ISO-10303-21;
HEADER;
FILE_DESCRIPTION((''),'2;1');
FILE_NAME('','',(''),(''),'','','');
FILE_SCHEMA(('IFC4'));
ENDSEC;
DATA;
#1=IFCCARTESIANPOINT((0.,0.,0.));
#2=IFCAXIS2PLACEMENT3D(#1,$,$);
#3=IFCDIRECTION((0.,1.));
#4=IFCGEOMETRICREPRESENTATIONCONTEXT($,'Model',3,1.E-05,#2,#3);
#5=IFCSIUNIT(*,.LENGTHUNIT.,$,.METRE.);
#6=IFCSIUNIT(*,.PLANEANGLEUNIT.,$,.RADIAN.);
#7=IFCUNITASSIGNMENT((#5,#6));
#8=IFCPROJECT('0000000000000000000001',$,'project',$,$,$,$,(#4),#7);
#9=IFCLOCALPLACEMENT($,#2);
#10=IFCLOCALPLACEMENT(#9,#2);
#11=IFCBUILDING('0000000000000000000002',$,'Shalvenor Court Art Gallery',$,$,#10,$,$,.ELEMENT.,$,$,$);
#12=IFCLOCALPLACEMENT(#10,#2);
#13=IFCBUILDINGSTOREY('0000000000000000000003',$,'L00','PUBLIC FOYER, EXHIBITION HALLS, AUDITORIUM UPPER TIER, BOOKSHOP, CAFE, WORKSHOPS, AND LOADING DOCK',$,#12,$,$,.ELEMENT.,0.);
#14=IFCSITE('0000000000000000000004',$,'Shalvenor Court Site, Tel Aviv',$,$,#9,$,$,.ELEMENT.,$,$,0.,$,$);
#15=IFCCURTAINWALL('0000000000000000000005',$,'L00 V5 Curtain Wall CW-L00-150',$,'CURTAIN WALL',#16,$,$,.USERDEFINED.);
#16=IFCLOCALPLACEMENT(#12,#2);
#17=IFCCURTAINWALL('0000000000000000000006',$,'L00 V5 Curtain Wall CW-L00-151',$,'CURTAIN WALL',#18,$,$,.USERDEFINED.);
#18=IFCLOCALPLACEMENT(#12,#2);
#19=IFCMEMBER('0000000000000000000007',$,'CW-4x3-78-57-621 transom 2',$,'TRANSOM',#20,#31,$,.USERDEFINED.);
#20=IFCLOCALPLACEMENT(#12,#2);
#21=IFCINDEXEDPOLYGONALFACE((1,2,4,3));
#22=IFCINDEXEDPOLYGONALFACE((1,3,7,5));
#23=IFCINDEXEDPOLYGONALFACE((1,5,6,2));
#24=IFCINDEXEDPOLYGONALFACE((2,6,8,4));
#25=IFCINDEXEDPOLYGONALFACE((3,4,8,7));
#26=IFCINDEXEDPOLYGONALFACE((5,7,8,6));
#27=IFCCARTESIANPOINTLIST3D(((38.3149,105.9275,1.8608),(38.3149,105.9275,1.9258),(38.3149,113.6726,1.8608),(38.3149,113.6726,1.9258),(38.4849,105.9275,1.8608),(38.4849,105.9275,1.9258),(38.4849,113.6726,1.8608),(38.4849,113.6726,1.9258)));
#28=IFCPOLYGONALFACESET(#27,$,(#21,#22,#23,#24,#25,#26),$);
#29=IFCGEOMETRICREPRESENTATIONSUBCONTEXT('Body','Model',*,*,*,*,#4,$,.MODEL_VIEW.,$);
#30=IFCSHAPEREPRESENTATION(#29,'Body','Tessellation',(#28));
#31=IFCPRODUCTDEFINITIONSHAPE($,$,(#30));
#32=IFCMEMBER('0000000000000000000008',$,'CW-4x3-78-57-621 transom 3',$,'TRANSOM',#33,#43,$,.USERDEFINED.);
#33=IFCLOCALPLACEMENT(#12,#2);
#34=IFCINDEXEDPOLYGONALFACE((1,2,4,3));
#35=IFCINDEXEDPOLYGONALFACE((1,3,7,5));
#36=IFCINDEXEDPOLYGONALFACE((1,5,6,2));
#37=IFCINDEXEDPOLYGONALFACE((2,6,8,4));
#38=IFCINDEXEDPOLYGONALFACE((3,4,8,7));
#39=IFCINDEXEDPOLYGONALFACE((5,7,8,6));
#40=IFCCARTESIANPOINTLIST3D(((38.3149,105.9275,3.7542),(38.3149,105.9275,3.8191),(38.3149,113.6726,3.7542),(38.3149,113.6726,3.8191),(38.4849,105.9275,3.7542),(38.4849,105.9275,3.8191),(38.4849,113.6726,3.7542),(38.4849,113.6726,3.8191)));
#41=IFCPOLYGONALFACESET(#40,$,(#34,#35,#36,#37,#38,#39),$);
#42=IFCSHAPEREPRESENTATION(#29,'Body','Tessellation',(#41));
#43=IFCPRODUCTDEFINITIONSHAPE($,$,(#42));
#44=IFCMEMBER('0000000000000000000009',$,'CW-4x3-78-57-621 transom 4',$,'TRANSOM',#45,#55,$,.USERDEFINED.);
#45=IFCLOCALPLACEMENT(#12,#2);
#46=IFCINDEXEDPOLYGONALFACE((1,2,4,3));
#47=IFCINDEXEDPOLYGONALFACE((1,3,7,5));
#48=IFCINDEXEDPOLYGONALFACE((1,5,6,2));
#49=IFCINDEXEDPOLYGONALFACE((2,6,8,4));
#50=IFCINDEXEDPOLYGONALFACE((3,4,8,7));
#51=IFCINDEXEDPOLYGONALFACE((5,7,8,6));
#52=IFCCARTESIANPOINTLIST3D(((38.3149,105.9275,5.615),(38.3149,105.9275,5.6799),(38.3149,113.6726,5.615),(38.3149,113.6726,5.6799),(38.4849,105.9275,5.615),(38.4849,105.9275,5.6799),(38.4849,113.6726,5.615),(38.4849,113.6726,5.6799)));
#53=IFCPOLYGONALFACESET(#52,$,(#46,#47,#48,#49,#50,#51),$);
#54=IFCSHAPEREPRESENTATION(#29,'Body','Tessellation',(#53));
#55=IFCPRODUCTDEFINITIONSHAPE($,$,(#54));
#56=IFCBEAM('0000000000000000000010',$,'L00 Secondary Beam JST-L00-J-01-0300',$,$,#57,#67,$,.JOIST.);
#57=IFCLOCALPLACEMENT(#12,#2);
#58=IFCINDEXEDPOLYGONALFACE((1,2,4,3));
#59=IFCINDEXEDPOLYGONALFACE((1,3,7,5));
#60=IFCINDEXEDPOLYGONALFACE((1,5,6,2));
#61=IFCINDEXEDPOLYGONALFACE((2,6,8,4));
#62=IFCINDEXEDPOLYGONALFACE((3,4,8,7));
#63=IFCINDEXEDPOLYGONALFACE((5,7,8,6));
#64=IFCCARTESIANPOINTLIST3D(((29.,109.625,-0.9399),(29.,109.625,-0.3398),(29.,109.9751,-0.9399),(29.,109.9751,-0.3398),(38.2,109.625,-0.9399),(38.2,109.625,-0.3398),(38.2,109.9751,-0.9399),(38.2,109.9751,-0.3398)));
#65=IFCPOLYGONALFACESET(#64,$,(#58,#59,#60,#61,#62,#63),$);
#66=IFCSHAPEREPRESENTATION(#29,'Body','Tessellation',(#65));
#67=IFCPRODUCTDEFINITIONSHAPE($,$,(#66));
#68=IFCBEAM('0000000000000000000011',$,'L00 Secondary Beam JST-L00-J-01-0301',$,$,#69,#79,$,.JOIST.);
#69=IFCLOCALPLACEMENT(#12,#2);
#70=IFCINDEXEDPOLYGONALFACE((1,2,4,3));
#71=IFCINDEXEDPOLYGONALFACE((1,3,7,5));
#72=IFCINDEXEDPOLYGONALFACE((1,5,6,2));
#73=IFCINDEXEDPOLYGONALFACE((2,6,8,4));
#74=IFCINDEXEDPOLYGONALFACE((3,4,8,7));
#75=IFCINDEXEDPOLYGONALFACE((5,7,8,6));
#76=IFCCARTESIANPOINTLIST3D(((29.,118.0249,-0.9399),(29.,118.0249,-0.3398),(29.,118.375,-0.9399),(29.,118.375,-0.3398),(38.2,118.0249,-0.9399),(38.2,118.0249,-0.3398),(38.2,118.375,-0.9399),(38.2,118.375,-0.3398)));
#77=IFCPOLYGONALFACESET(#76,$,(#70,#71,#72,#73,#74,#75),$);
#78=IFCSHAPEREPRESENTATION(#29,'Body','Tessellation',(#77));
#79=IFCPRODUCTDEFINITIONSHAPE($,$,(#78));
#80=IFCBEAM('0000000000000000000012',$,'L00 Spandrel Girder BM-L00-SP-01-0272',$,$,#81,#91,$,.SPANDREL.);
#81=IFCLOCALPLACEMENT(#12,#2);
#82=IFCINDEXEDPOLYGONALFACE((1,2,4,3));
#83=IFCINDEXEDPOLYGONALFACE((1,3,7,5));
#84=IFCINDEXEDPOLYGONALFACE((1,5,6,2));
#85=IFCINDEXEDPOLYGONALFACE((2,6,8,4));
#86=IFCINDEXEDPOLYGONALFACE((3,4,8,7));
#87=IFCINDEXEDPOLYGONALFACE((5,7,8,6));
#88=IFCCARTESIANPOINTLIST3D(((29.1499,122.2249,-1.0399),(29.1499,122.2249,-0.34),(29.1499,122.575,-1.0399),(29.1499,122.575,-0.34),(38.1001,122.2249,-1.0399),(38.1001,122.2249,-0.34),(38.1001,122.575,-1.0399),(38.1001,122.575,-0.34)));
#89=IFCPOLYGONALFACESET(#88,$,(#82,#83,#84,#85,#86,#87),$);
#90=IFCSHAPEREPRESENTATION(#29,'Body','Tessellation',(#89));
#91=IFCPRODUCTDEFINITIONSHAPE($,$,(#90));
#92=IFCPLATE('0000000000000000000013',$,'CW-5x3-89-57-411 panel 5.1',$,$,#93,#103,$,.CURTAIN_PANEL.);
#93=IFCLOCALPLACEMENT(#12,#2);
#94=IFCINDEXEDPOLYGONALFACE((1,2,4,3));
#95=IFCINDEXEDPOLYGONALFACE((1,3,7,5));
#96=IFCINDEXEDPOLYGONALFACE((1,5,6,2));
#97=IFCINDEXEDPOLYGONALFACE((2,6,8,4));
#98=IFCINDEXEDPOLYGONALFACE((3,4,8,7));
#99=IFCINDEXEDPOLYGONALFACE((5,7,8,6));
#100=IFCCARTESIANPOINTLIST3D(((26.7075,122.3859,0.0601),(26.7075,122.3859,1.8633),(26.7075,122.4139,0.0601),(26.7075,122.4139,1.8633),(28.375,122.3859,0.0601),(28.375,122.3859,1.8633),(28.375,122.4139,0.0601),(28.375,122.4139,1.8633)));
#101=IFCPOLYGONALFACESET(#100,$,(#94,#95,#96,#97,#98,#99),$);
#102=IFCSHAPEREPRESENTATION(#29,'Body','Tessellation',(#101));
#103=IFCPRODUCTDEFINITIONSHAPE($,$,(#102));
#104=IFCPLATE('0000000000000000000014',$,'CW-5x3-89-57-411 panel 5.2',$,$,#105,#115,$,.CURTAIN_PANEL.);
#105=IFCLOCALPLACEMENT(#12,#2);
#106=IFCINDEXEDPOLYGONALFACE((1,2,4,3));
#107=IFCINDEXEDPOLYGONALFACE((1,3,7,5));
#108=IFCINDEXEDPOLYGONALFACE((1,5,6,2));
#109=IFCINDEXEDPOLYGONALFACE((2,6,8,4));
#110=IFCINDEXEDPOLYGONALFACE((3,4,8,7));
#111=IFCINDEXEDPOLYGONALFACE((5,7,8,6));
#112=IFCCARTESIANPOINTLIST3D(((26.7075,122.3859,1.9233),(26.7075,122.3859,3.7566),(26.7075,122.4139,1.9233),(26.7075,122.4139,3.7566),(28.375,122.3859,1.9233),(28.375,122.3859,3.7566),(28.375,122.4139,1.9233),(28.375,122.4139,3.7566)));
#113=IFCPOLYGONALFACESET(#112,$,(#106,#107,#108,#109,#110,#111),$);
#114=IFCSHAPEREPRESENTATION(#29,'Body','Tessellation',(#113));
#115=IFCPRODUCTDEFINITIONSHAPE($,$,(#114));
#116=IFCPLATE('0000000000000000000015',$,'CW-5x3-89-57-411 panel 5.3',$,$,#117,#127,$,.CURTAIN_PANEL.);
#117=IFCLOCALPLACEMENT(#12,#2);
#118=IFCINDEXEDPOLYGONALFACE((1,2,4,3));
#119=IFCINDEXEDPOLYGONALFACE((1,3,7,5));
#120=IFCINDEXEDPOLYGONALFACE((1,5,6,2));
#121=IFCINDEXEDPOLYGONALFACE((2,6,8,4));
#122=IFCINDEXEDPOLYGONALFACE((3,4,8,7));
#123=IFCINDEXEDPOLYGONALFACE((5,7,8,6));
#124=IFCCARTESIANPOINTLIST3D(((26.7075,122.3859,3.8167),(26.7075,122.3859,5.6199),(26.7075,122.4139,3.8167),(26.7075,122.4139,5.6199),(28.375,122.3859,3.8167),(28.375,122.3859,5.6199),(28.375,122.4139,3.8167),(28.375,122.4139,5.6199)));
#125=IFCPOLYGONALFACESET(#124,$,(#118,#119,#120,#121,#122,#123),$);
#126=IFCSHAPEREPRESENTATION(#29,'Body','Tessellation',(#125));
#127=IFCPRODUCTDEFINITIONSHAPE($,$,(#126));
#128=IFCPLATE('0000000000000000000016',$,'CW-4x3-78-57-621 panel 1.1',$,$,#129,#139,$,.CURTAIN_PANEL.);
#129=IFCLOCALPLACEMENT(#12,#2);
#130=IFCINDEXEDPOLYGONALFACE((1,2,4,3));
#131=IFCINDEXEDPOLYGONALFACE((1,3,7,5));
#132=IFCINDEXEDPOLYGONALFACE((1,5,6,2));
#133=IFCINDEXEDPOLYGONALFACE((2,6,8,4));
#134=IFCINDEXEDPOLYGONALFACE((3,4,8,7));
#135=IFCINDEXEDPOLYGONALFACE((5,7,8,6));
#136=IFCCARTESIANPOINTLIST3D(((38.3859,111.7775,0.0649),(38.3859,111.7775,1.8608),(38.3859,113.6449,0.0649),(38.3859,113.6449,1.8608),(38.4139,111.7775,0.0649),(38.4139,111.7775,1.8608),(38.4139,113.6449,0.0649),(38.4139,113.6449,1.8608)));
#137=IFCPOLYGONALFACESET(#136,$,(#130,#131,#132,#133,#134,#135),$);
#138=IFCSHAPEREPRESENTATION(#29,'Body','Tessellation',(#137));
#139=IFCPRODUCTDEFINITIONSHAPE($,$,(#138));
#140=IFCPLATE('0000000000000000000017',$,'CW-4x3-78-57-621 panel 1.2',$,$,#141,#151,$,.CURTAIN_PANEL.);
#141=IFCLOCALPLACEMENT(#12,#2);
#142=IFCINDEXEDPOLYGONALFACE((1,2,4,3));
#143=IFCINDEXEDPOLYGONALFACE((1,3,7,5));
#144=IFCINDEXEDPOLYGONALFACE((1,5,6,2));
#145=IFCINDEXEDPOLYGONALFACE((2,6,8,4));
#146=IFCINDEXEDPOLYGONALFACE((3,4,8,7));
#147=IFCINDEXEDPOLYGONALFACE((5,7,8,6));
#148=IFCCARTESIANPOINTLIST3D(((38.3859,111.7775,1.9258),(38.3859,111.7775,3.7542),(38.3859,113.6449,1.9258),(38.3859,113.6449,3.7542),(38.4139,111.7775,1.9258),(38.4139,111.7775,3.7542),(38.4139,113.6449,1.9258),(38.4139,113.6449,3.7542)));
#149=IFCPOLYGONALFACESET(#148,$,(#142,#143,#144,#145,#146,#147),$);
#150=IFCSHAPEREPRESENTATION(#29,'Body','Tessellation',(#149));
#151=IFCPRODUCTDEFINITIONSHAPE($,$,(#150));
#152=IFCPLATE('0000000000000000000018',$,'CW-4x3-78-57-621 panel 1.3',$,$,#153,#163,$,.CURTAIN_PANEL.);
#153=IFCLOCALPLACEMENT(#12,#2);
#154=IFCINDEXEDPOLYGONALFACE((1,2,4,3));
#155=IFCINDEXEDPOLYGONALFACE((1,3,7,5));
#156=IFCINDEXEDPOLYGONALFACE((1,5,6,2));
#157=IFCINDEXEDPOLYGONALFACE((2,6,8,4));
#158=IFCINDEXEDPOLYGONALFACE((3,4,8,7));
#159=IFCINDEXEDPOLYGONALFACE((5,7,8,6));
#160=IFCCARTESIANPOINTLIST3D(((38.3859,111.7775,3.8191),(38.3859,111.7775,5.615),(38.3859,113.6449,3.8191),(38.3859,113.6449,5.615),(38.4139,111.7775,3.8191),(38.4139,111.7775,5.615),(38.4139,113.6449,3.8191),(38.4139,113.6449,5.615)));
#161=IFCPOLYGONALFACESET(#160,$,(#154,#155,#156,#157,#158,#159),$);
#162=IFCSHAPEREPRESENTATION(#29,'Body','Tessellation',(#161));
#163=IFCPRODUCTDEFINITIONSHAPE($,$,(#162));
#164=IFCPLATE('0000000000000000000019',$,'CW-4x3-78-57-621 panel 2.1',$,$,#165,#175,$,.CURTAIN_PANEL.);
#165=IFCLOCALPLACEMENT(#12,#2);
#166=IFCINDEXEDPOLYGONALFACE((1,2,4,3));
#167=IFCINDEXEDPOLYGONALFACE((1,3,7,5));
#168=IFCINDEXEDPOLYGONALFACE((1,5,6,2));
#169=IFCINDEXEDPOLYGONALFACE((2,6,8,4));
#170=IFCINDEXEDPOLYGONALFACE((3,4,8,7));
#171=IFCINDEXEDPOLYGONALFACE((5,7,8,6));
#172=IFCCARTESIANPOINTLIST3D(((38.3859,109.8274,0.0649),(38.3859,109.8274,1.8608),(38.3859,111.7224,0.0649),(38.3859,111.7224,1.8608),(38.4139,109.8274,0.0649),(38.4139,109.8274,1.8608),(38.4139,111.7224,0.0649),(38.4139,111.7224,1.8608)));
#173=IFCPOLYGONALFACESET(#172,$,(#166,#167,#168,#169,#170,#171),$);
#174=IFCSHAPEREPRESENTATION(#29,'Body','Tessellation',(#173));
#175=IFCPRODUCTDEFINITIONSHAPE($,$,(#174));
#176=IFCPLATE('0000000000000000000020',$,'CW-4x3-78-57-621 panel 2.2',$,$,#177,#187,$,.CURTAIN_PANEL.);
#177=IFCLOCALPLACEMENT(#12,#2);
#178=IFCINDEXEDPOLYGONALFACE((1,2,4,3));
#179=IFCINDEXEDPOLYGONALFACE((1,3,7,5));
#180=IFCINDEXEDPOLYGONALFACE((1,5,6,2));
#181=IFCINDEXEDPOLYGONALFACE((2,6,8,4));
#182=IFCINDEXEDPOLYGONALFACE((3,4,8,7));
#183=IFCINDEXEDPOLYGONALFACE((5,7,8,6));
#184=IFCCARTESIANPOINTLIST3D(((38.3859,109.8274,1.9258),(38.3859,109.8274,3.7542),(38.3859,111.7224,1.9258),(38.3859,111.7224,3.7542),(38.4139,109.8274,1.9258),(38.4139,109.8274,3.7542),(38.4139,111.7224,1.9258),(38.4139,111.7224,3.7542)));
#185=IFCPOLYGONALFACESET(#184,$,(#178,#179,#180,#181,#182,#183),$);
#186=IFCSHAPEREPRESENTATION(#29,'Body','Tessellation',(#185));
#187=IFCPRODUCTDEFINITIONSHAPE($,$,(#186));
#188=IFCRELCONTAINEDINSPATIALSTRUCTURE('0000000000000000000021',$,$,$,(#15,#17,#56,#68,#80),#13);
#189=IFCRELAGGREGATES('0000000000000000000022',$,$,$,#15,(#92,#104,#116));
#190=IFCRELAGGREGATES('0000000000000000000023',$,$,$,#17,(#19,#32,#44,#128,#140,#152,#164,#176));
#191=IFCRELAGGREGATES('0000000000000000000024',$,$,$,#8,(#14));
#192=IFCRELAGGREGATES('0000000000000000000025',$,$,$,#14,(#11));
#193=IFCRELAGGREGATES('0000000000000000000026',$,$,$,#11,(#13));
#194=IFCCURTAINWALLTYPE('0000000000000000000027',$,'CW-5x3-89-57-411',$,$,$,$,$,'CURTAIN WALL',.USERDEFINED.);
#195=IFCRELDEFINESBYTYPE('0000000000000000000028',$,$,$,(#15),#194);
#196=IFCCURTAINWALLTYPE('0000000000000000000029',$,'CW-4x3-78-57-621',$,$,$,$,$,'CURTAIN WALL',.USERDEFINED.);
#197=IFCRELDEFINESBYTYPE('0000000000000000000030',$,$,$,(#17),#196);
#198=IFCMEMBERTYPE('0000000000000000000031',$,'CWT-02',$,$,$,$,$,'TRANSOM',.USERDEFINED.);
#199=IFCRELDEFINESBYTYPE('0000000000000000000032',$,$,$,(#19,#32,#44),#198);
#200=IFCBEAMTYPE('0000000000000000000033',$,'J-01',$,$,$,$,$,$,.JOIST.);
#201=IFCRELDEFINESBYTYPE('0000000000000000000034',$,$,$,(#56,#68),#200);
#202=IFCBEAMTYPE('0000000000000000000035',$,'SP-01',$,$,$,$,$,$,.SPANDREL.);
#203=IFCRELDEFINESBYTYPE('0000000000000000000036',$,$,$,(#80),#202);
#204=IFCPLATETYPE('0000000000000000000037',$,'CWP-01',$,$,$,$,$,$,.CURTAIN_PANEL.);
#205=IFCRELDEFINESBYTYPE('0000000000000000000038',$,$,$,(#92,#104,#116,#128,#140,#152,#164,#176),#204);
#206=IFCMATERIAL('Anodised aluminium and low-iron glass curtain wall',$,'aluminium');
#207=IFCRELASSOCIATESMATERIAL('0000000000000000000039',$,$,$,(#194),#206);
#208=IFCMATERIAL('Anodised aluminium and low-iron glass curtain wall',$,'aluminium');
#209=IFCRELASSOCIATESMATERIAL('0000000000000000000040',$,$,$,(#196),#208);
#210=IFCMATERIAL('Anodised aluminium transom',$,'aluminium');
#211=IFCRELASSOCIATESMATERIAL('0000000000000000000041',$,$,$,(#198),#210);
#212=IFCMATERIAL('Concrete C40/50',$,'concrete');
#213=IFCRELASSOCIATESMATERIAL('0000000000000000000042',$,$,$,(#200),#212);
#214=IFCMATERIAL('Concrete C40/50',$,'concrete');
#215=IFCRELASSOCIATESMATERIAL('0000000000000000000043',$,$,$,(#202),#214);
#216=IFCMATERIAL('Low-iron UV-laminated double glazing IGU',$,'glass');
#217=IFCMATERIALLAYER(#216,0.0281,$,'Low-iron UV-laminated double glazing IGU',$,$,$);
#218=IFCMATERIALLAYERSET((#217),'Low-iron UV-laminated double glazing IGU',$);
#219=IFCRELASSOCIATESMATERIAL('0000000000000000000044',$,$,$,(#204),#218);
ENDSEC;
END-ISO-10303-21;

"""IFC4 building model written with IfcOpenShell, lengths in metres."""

from ifc_helpers import new_model, si_unit, direction, frame, origin, origin_2d, place, context, subcontext, project, spatial, rectangle, extrude, material, layer, layer_set, material_profile, profile_set, type_object, element, aggregate, save


model = new_model("IFC4")

# Units and contexts
model_context = context("Model", 3, precision=1e-05, world=origin(), true_north=direction((0.0, 1.0)))
body_context = subcontext(model_context, "Body", "Model", "MODEL_VIEW")
ifc_project = project(units=[si_unit("LENGTHUNIT", "METRE"), si_unit("PLANEANGLEUNIT", "RADIAN")], contexts=[model_context])

# Site, building, storey
site_placement = place(None, origin())
site = spatial("IfcSite", under=ifc_project, at=site_placement, Name="Shalvenor Court Site, Tel Aviv", CompositionType="ELEMENT", RefElevation=0.0)
building_placement = place(site_placement, origin())
building = spatial("IfcBuilding", under=site, at=building_placement, Name="Shalvenor Court Art Gallery", CompositionType="ELEMENT")
storey_placement = place(building_placement, origin())
storey = spatial("IfcBuildingStorey", under=building, at=storey_placement, Name="L00", Description="PUBLIC FOYER, EXHIBITION HALLS, AUDITORIUM UPPER TIER, BOOKSHOP, CAFE, WORKSHOPS, AND LOADING DOCK", CompositionType="ELEMENT", Elevation=0.0)

# Curtain wall
ifc_material_1 = material(Name="Anodised aluminium and low-iron glass curtain wall", Category="aluminium")
curtain_wall_type_1 = type_object("IfcCurtainWallType", Name="CW-5x3-89-57-411", ElementType="CURTAIN WALL", PredefinedType="USERDEFINED", material=ifc_material_1)
curtain_wall_1_placement = place(storey_placement, origin())
curtain_wall_1 = element("IfcCurtainWall", 1, at=curtain_wall_1_placement, inside=storey, type_object=curtain_wall_type_1, Name="L00 V5 Curtain Wall CW-L00-150", ObjectType="CURTAIN WALL", PredefinedType="USERDEFINED")

# Curtain wall, members
ifc_material_2 = material(Name="Anodised aluminium and low-iron glass curtain wall", Category="aluminium")
curtain_wall_type_2 = type_object("IfcCurtainWallType", Name="CW-4x3-78-57-621", ElementType="CURTAIN WALL", PredefinedType="USERDEFINED", material=ifc_material_2)
curtain_wall_2_placement = place(storey_placement, origin())
curtain_wall_2 = element("IfcCurtainWall", 2, at=curtain_wall_2_placement, inside=storey, type_object=curtain_wall_type_2, Name="L00 V5 Curtain Wall CW-L00-151", ObjectType="CURTAIN WALL", PredefinedType="USERDEFINED")
ifc_material_3 = material(Name="Anodised aluminium transom", Category="aluminium")
ifc_material_profile_1 = material_profile(ifc_material_3, rectangle(XDim=0.1699, YDim=0.0649, at=origin_2d()), Name="CWT-02")
ifc_profile_set_1 = profile_set([ifc_material_profile_1], Name="Anodised aluminium transom")
member_type_1 = type_object("IfcMemberType", Name="CWT-02", ElementType="TRANSOM", PredefinedType="USERDEFINED", material=ifc_profile_set_1)
member_1_placement = place(storey_placement, frame((38.3999, 113.6726, 1.8933), z_axis=(0.0, -1.0, 0.0), x_axis=(1.0, 0.0, 0.0)))
member_1 = element("IfcMember", 3, at=member_1_placement, type_object=member_type_1, Name="CW-4x3-78-57-621 transom 2", ObjectType="TRANSOM", PredefinedType="USERDEFINED", context=body_context, shape_type="SweptSolid", body=[
    extrude(rectangle(XDim=0.1699, YDim=0.0649, at=origin_2d()), origin(), (0.0, 0.0, 1.0), 7.7451),
])
member_2_placement = place(storey_placement, frame((38.3999, 113.6726, 3.7866), z_axis=(0.0, -1.0, 0.0), x_axis=(1.0, 0.0, 0.0)))
member_2 = element("IfcMember", 4, at=member_2_placement, type_object=member_type_1, Name="CW-4x3-78-57-621 transom 3", ObjectType="TRANSOM", PredefinedType="USERDEFINED", context=body_context, shape_type="SweptSolid", body=[
    extrude(rectangle(XDim=0.1699, YDim=0.0649, at=origin_2d()), origin(), (0.0, 0.0, 1.0), 7.7451),
])
member_3_placement = place(storey_placement, frame((38.3999, 113.6726, 5.6475), z_axis=(0.0, -1.0, 0.0), x_axis=(1.0, 0.0, 0.0)))
member_3 = element("IfcMember", 5, at=member_3_placement, type_object=member_type_1, Name="CW-4x3-78-57-621 transom 4", ObjectType="TRANSOM", PredefinedType="USERDEFINED", context=body_context, shape_type="SweptSolid", body=[
    extrude(rectangle(XDim=0.1699, YDim=0.0649, at=origin_2d()), origin(), (0.0, 0.0, 1.0), 7.7451),
])

# Beams
ifc_material_4 = material(Name="Concrete C40/50", Category="concrete")
ifc_material_profile_2 = material_profile(ifc_material_4, rectangle(XDim=0.3501, YDim=0.6001, at=origin_2d()), Name="RC 350x600")
ifc_profile_set_2 = profile_set([ifc_material_profile_2], Name="Concrete C40/50")
beam_type_1 = type_object("IfcBeamType", Name="J-01", PredefinedType="JOIST", material=ifc_profile_set_2)
for number, where, z_axis, x_axis, name in (
    (6, (29.0, 109.8, -0.6399), (1.0, 0.0, 0.0), (0.0, 1.0, 0.0), "L00 Secondary Beam JST-L00-J-01-0300"),
    (7, (29.0, 118.2, -0.6399), (1.0, 0.0, 0.0), (0.0, 1.0, 0.0), "L00 Secondary Beam JST-L00-J-01-0301"),
):
    element("IfcBeam", number, at=place(storey_placement, frame(where, z_axis=z_axis, x_axis=x_axis)), inside=storey, type_object=beam_type_1, Name=name, PredefinedType="JOIST", context=body_context, shape_type="SweptSolid", body=[
        extrude(rectangle(XDim=0.3501, YDim=0.6001, at=origin_2d()), origin(), (0.0, 0.0, 1.0), 9.2),
    ])
ifc_material_5 = material(Name="Concrete C40/50", Category="concrete")
ifc_material_profile_3 = material_profile(ifc_material_5, rectangle(XDim=0.3501, YDim=0.7, at=origin_2d()), Name="RC 350x700")
ifc_profile_set_3 = profile_set([ifc_material_profile_3], Name="Concrete C40/50")
beam_type_2 = type_object("IfcBeamType", Name="SP-01", PredefinedType="SPANDREL", material=ifc_profile_set_3)
beam_1_placement = place(storey_placement, frame((29.1499, 122.3999, -0.6899), z_axis=(1.0, 0.0, 0.0), x_axis=(0.0, 1.0, 0.0)))
element("IfcBeam", 8, at=beam_1_placement, inside=storey, type_object=beam_type_2, Name="L00 Spandrel Girder BM-L00-SP-01-0272", PredefinedType="SPANDREL", context=body_context, shape_type="SweptSolid", body=[
    extrude(rectangle(XDim=0.3501, YDim=0.7, at=origin_2d()), origin(), (0.0, 0.0, 1.0), 8.9502),
])

# Plates
ifc_material_6 = material(Name="Low-iron UV-laminated double glazing IGU", Category="glass")
ifc_layer_1 = layer(ifc_material_6, 0.0281, Name="Low-iron UV-laminated double glazing IGU")
ifc_layer_set_1 = layer_set([ifc_layer_1], Name="Low-iron UV-laminated double glazing IGU")
plate_type = type_object("IfcPlateType", Name="CWP-01", PredefinedType="CURTAIN_PANEL", material=ifc_layer_set_1)
plate_1_placement = place(storey_placement, frame((27.5413, 122.3999, 0.0601), z_axis=(0.0, 0.0, 1.0), x_axis=(1.0, 0.0, 0.0)))
plate_1 = element("IfcPlate", 9, at=plate_1_placement, type_object=plate_type, Name="CW-5x3-89-57-411 panel 5.1", PredefinedType="CURTAIN_PANEL", context=body_context, shape_type="SweptSolid", body=[
    extrude(rectangle(XDim=1.6675, YDim=0.0281, at=origin_2d()), origin(), (0.0, 0.0, 1.0), 1.8032),
])
plate_2_placement = place(storey_placement, frame((27.5413, 122.3999, 1.9233), z_axis=(0.0, 0.0, 1.0), x_axis=(1.0, 0.0, 0.0)))
plate_2 = element("IfcPlate", 10, at=plate_2_placement, type_object=plate_type, Name="CW-5x3-89-57-411 panel 5.2", PredefinedType="CURTAIN_PANEL", context=body_context, shape_type="SweptSolid", body=[
    extrude(rectangle(XDim=1.6675, YDim=0.0281, at=origin_2d()), origin(), (0.0, 0.0, 1.0), 1.8333),
])
plate_3_placement = place(storey_placement, frame((27.5413, 122.3999, 3.8167), z_axis=(0.0, 0.0, 1.0), x_axis=(1.0, 0.0, 0.0)))
plate_3 = element("IfcPlate", 11, at=plate_3_placement, type_object=plate_type, Name="CW-5x3-89-57-411 panel 5.3", PredefinedType="CURTAIN_PANEL", context=body_context, shape_type="SweptSolid", body=[
    extrude(rectangle(XDim=1.6675, YDim=0.0281, at=origin_2d()), origin(), (0.0, 0.0, 1.0), 1.8032),
])
aggregate(curtain_wall_1, [plate_1, plate_2, plate_3])
plate_4_placement = place(storey_placement, frame((38.3999, 112.7112, 0.0649), z_axis=(0.0, 0.0, 1.0), x_axis=(0.0, -1.0, 0.0)))
plate_4 = element("IfcPlate", 12, at=plate_4_placement, type_object=plate_type, Name="CW-4x3-78-57-621 panel 1.1", PredefinedType="CURTAIN_PANEL", context=body_context, shape_type="SweptSolid", body=[
    extrude(rectangle(XDim=1.8674, YDim=0.0281, at=origin_2d()), origin(), (0.0, 0.0, 1.0), 1.7959),
])
plate_5_placement = place(storey_placement, frame((38.3999, 112.7112, 1.9258), z_axis=(0.0, 0.0, 1.0), x_axis=(0.0, -1.0, 0.0)))
plate_5 = element("IfcPlate", 13, at=plate_5_placement, type_object=plate_type, Name="CW-4x3-78-57-621 panel 1.2", PredefinedType="CURTAIN_PANEL", context=body_context, shape_type="SweptSolid", body=[
    extrude(rectangle(XDim=1.8674, YDim=0.0281, at=origin_2d()), origin(), (0.0, 0.0, 1.0), 1.8284),
])
plate_6_placement = place(storey_placement, frame((38.3999, 112.7112, 3.8191), z_axis=(0.0, 0.0, 1.0), x_axis=(0.0, -1.0, 0.0)))
plate_6 = element("IfcPlate", 14, at=plate_6_placement, type_object=plate_type, Name="CW-4x3-78-57-621 panel 1.3", PredefinedType="CURTAIN_PANEL", context=body_context, shape_type="SweptSolid", body=[
    extrude(rectangle(XDim=1.8674, YDim=0.0281, at=origin_2d()), origin(), (0.0, 0.0, 1.0), 1.7959),
])
plate_7_placement = place(storey_placement, frame((38.3999, 110.7749, 0.0649), z_axis=(0.0, 0.0, 1.0), x_axis=(0.0, -1.0, 0.0)))
plate_7 = element("IfcPlate", 15, at=plate_7_placement, type_object=plate_type, Name="CW-4x3-78-57-621 panel 2.1", PredefinedType="CURTAIN_PANEL", context=body_context, shape_type="SweptSolid", body=[
    extrude(rectangle(XDim=1.895, YDim=0.0281, at=origin_2d()), origin(), (0.0, 0.0, 1.0), 1.7959),
])
plate_8_placement = place(storey_placement, frame((38.3999, 110.7749, 1.9258), z_axis=(0.0, 0.0, 1.0), x_axis=(0.0, -1.0, 0.0)))
plate_8 = element("IfcPlate", 16, at=plate_8_placement, type_object=plate_type, Name="CW-4x3-78-57-621 panel 2.2", PredefinedType="CURTAIN_PANEL", context=body_context, shape_type="SweptSolid", body=[
    extrude(rectangle(XDim=1.895, YDim=0.0281, at=origin_2d()), origin(), (0.0, 0.0, 1.0), 1.8284),
])
aggregate(curtain_wall_2, [member_1, member_2, member_3, plate_4, plate_5, plate_6, plate_7, plate_8])

save(model, "model.ifc")
